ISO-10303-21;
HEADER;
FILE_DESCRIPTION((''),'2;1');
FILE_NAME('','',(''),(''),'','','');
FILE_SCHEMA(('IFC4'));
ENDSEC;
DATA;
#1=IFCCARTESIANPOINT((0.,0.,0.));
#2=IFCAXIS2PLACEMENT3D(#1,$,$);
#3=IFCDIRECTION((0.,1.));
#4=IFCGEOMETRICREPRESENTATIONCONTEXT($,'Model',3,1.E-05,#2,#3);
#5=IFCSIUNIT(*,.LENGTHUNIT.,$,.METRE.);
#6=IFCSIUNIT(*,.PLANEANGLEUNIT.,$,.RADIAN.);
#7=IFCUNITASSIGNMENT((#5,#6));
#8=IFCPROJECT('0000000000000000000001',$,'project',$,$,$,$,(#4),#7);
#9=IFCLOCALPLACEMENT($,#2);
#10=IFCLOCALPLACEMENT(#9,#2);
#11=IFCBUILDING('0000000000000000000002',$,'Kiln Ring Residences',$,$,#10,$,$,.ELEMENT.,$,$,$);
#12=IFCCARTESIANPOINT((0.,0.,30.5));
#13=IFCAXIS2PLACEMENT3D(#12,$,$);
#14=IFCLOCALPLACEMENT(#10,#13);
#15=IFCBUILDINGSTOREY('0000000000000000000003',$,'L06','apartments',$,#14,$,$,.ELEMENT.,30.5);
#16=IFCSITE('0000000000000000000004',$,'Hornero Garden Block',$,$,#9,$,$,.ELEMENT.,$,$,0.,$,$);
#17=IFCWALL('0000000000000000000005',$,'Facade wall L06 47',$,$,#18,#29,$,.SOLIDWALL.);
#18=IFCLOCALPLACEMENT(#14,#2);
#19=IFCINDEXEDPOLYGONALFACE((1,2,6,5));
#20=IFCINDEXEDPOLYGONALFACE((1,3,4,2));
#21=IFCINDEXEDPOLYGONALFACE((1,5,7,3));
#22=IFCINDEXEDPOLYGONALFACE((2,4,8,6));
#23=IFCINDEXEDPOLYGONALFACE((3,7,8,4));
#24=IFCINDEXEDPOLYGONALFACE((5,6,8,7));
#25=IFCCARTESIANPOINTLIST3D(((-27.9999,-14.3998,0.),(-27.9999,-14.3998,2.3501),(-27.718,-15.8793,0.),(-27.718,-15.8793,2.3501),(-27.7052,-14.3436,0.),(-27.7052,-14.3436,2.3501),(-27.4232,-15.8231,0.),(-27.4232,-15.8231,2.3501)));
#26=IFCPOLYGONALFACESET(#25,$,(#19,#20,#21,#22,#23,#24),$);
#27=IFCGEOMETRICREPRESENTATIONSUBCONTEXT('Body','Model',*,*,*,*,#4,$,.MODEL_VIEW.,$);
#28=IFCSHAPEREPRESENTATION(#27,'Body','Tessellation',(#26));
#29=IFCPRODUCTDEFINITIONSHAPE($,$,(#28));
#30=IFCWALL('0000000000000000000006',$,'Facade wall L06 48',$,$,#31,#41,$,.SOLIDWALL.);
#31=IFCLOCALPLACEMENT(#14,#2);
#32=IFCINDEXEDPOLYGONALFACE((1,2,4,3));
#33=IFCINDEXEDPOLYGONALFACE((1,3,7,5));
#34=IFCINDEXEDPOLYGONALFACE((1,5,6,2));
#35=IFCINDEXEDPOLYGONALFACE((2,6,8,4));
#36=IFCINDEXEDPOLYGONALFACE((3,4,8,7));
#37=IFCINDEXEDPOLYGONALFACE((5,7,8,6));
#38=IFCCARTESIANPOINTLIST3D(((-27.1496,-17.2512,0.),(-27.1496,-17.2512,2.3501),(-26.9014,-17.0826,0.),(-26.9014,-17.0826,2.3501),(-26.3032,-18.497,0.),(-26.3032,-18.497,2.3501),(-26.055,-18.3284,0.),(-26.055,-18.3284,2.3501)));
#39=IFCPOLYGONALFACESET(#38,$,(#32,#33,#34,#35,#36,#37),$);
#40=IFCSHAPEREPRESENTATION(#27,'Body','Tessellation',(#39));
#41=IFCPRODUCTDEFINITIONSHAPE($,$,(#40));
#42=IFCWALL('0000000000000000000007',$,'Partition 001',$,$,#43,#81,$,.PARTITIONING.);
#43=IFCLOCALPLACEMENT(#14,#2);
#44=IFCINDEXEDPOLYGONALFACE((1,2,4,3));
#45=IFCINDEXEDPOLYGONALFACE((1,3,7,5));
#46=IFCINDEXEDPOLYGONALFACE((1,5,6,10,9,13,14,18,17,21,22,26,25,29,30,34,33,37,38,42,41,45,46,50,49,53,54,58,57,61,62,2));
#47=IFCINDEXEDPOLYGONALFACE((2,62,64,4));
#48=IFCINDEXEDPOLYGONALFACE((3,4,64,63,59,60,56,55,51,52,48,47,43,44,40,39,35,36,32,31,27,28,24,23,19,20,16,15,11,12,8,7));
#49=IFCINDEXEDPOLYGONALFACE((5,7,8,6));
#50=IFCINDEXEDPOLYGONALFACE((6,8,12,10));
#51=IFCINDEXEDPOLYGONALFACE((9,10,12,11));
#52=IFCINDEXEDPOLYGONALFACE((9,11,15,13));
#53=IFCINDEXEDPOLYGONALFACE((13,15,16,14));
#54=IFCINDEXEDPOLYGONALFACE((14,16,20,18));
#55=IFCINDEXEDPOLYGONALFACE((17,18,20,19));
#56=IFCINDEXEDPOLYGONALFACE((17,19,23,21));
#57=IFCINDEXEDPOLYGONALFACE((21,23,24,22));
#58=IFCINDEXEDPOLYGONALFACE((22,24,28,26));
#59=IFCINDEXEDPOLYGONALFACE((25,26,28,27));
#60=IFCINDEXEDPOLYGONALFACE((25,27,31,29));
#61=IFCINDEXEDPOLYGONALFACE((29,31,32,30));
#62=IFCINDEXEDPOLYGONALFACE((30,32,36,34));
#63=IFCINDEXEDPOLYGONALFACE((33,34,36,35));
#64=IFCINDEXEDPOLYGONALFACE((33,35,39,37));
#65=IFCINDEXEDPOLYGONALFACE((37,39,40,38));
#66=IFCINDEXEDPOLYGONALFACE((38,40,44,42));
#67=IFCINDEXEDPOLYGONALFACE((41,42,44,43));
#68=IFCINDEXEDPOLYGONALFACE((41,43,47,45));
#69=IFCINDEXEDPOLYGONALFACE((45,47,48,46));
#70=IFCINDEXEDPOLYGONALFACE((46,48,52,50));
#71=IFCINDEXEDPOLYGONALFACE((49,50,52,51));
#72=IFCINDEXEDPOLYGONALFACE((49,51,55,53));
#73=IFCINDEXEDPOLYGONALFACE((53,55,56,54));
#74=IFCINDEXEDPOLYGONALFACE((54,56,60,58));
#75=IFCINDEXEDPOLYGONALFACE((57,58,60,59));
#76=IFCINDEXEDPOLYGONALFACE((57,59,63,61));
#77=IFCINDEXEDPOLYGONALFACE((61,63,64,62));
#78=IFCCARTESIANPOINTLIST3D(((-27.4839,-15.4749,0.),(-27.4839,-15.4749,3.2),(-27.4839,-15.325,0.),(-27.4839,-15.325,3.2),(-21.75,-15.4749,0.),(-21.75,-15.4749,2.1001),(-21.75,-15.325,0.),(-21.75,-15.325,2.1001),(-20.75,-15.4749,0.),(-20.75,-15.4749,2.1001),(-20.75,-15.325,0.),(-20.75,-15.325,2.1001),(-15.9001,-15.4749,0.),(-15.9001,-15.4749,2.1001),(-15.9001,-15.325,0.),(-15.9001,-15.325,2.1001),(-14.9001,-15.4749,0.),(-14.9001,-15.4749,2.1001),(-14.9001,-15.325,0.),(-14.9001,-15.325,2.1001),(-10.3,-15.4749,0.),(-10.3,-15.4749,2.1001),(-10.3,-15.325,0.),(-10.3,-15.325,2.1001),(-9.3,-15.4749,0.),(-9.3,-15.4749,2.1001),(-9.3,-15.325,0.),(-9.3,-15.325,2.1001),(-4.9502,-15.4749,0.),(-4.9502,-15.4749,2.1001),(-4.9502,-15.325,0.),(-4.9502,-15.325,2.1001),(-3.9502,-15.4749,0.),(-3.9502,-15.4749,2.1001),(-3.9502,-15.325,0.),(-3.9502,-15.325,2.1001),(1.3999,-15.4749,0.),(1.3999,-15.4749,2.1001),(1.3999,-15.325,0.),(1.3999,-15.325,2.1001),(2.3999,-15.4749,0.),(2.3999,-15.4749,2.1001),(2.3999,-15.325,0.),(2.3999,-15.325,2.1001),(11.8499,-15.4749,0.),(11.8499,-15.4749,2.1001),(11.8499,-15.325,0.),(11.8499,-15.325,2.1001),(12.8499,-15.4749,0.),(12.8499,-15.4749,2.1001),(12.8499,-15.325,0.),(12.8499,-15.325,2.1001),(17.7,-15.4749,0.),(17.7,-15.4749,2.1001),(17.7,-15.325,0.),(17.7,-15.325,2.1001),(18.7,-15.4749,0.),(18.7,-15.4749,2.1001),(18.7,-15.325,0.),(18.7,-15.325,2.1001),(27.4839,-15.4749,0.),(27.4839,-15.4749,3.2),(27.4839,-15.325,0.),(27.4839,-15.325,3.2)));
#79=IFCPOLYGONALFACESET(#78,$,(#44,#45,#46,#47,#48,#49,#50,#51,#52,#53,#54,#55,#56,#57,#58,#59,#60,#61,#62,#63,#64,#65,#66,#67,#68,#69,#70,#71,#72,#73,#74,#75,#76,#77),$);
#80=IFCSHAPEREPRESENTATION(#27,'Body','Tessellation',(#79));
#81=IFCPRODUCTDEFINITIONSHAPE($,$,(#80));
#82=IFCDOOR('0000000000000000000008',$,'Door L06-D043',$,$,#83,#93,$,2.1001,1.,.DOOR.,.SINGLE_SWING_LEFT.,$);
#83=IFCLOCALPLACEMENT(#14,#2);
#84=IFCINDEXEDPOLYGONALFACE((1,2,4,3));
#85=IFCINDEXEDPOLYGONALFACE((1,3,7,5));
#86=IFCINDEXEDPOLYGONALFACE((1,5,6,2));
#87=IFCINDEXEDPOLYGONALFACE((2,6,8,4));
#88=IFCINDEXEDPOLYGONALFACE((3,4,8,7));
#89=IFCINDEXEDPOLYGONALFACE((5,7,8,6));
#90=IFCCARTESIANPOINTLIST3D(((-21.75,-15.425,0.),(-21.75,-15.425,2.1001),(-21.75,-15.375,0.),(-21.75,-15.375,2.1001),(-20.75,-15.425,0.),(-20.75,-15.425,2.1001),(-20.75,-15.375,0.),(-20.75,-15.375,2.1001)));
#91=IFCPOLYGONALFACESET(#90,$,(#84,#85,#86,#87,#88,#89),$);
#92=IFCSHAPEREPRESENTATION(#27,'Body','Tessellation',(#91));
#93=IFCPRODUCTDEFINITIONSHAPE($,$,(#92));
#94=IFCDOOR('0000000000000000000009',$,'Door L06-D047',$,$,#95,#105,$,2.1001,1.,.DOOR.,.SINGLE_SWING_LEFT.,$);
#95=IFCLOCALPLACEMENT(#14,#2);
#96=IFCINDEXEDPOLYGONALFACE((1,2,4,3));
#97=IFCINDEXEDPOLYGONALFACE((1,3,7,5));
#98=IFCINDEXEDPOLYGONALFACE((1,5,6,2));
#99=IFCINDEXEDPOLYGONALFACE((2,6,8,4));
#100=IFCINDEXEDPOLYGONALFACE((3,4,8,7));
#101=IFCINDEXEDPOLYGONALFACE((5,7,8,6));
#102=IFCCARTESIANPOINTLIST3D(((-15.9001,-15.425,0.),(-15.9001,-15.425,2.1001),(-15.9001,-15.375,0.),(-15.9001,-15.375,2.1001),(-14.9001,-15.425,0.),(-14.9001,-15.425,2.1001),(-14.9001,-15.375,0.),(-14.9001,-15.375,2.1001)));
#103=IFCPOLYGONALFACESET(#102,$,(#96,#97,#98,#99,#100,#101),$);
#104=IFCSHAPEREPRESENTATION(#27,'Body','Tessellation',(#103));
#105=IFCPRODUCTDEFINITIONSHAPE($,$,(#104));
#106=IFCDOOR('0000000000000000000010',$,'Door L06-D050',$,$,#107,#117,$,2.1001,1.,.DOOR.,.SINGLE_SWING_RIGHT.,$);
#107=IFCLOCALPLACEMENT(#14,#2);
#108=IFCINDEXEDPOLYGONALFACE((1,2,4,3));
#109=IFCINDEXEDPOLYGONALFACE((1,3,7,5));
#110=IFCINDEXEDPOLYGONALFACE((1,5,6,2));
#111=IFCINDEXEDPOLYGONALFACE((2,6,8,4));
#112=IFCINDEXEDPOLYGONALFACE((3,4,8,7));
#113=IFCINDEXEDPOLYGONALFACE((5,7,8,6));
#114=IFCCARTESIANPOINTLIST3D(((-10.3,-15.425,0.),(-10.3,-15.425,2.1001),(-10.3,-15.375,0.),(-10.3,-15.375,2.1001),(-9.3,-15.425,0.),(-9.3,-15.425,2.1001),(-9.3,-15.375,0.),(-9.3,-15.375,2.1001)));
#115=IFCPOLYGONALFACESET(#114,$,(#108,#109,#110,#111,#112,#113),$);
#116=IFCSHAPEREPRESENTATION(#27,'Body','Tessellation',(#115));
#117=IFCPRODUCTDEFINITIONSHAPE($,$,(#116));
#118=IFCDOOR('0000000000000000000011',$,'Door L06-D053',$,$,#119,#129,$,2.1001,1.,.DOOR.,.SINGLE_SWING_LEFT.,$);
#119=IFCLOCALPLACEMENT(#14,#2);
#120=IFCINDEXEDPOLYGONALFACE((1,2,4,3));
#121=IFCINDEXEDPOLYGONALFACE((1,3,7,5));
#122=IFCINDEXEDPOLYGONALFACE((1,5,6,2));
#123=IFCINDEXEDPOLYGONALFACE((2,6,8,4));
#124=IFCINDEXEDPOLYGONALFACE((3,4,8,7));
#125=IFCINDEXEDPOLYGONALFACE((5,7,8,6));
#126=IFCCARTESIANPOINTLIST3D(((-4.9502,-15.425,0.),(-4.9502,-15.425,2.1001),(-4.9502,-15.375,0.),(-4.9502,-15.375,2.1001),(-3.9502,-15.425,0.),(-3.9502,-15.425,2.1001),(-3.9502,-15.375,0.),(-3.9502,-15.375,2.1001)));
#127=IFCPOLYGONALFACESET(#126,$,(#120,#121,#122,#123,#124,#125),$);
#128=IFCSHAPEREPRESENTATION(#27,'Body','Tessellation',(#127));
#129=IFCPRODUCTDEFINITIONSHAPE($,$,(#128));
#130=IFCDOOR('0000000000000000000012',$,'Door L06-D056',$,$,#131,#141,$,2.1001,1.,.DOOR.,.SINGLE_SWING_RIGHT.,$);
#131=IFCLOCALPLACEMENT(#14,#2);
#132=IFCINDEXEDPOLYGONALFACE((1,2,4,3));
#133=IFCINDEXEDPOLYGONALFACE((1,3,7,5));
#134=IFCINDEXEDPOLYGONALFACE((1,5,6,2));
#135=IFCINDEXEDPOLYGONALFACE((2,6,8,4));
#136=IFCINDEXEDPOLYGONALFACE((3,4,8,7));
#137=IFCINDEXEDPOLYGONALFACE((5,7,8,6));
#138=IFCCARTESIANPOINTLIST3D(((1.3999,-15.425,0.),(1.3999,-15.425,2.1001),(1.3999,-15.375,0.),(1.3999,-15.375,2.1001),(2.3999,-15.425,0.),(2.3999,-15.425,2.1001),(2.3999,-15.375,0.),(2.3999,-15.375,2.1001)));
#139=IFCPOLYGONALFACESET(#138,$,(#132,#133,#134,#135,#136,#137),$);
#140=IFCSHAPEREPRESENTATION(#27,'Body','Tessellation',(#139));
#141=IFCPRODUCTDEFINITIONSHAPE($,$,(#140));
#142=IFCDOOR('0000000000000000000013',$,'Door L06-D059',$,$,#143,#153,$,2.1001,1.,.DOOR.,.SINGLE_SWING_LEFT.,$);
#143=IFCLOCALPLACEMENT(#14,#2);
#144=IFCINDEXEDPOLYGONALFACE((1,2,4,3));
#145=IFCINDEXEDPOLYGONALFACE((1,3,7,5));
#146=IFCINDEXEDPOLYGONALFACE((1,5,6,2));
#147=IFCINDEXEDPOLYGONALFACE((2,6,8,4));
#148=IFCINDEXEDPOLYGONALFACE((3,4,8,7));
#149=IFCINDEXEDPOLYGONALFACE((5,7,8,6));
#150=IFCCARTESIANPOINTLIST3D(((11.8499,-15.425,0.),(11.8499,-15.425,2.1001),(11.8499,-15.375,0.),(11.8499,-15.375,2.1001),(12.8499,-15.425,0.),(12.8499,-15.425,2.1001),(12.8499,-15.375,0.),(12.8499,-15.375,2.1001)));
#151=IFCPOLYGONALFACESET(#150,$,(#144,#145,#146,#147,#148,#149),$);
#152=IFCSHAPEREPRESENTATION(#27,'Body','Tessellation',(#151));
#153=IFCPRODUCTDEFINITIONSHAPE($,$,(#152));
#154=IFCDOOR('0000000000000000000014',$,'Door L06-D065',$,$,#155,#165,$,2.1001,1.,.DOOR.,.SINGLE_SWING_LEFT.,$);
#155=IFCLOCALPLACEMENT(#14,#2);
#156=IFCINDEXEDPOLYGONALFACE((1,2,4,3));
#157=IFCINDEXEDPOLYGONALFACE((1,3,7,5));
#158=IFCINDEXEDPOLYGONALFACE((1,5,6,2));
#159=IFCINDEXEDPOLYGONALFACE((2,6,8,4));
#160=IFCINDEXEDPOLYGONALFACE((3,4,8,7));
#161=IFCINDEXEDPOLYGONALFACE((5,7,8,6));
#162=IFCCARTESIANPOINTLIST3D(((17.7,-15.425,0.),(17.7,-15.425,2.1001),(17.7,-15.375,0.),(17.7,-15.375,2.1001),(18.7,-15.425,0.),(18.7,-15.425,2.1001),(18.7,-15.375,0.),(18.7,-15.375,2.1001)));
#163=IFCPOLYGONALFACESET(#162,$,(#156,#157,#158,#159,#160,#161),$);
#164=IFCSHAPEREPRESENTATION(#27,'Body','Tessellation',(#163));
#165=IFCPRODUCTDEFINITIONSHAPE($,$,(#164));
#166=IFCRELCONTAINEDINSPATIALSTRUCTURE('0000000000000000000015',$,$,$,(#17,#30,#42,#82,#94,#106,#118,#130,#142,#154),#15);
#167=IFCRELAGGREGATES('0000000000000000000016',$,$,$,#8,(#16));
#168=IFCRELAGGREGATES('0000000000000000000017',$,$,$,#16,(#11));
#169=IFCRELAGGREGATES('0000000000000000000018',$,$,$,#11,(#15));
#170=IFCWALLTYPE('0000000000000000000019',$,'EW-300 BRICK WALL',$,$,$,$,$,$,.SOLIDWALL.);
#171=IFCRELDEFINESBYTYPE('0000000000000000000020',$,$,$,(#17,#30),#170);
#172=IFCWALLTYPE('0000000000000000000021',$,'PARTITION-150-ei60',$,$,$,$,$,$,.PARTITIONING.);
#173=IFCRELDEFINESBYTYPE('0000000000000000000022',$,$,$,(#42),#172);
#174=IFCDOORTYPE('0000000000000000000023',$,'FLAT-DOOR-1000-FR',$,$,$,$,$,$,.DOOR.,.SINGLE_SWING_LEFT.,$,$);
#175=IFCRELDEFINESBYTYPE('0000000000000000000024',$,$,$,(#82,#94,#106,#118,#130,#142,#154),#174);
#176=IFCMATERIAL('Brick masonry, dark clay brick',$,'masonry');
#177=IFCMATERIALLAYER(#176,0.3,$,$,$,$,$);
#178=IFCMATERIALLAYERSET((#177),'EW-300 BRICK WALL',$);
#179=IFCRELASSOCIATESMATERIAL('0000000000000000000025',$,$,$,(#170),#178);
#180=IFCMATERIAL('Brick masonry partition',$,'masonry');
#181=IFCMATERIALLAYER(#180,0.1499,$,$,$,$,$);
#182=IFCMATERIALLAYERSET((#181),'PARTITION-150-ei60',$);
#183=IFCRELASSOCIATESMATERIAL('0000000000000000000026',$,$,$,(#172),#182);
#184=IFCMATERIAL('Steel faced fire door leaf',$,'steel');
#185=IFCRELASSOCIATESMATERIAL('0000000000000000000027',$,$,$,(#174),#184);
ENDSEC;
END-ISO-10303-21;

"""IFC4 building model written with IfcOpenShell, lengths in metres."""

from ifc_helpers import new_model, si_unit, direction, frame, frame_2d, origin, place, context, subcontext, project, spatial, rectangle, extrude, material, layer, layer_set, type_object, element, fill, save


model = new_model("IFC4")

# Units and contexts
model_context = context("Model", 3, precision=1e-05, world=origin(), true_north=direction((0.0, 1.0)))
body_context = subcontext(model_context, "Body", "Model", "MODEL_VIEW")
ifc_project = project(units=[si_unit("LENGTHUNIT", "METRE"), si_unit("PLANEANGLEUNIT", "RADIAN")], contexts=[model_context])

# Site, building, storey
site_placement = place(None, origin())
site = spatial("IfcSite", under=ifc_project, at=site_placement, Name="Hornero Garden Block", CompositionType="ELEMENT", RefElevation=0.0)
building_placement = place(site_placement, origin())
building = spatial("IfcBuilding", under=site, at=building_placement, Name="Kiln Ring Residences", CompositionType="ELEMENT")
storey_placement = place(building_placement, frame((0.0, 0.0, 30.5)))
storey = spatial("IfcBuildingStorey", under=building, at=storey_placement, Name="L06", Description="apartments", CompositionType="ELEMENT", Elevation=30.5)

# Walls
ifc_material_1 = material(Name="Brick masonry, dark clay brick", Category="masonry")
ifc_layer_1 = layer(ifc_material_1, 0.3)
ifc_layer_set_1 = layer_set([ifc_layer_1], Name="EW-300 BRICK WALL")
wall_type_1 = type_object("IfcWallType", Name="EW-300 BRICK WALL", PredefinedType="SOLIDWALL", material=ifc_layer_set_1)
for number, where, z_axis, x_axis, name in (
    (1, (-27.8525, -14.3718, 0.0), (0.0, 0.0, 1.0), (0.187224, -0.982317, 0.0), "Facade wall L06 47"),
    (2, (-27.0254, -17.167, 0.0), (0.0, 0.0, 1.0), (0.561973, -0.827156, 0.0), "Facade wall L06 48"),
):
    element("IfcWall", number, at=place(storey_placement, frame(where, z_axis=z_axis, x_axis=x_axis)), inside=storey, type_object=wall_type_1, Name=name, PredefinedType="SOLIDWALL", context=body_context, shape_type="SweptSolid", body=[
        extrude(rectangle(XDim=1.5061, YDim=0.3, at=frame_2d((0.7529, 0.0))), origin(), (0.0, 0.0, 1.0), 2.3501),
    ])

# Wall, openings, doors
ifc_material_2 = material(Name="Brick masonry partition", Category="masonry")
ifc_layer_2 = layer(ifc_material_2, 0.1499)
ifc_layer_set_2 = layer_set([ifc_layer_2], Name="PARTITION-150-ei60")
wall_type_2 = type_object("IfcWallType", Name="PARTITION-150-ei60", PredefinedType="PARTITIONING", material=ifc_layer_set_2)
wall_1_placement = place(storey_placement, frame((-27.4839, -15.3999, 0.0), z_axis=(0.0, 0.0, 1.0), x_axis=(1.0, 0.0, 0.0)))
wall_1 = element("IfcWall", 3, at=wall_1_placement, inside=storey, type_object=wall_type_2, Name="Partition 001", PredefinedType="PARTITIONING", context=body_context, shape_type="SweptSolid", body=[
    extrude(rectangle(XDim=54.9678, YDim=0.1499, at=frame_2d((27.4839, 0.0))), origin(), (0.0, 0.0, 1.0), 3.2),
])
opening_1_placement = place(wall_1_placement, frame((5.7339, 0.0, 0.0)))
opening_1 = element("IfcOpeningElement", 4, at=opening_1_placement, cuts=wall_1, PredefinedType="OPENING", context=body_context, shape_type="SweptSolid", body=[
    extrude(rectangle(XDim=1.0, YDim=2.1001, at=frame_2d((0.5, 1.05))), frame((0.0, 0.085, 0.0), z_axis=(0.0, -1.0, 0.0), x_axis=(1.0, 0.0, 0.0)), (0.0, 0.0, 1.0), 0.1699),
])
opening_2_placement = place(wall_1_placement, frame((11.5837, 0.0, 0.0)))
opening_2 = element("IfcOpeningElement", 5, at=opening_2_placement, cuts=wall_1, PredefinedType="OPENING", context=body_context, shape_type="SweptSolid", body=[
    extrude(rectangle(XDim=1.0, YDim=2.1001, at=frame_2d((0.5, 1.05))), frame((0.0, 0.085, 0.0), z_axis=(0.0, -1.0, 0.0), x_axis=(1.0, 0.0, 0.0)), (0.0, 0.0, 1.0), 0.1699),
])
opening_3_placement = place(wall_1_placement, frame((17.1838, 0.0, 0.0)))
opening_3 = element("IfcOpeningElement", 6, at=opening_3_placement, cuts=wall_1, PredefinedType="OPENING", context=body_context, shape_type="SweptSolid", body=[
    extrude(rectangle(XDim=1.0, YDim=2.1001, at=frame_2d((0.5, 1.05))), frame((0.0, 0.085, 0.0), z_axis=(0.0, -1.0, 0.0), x_axis=(1.0, 0.0, 0.0)), (0.0, 0.0, 1.0), 0.1699),
])
opening_4_placement = place(wall_1_placement, frame((22.5337, 0.0, 0.0)))
opening_4 = element("IfcOpeningElement", 7, at=opening_4_placement, cuts=wall_1, PredefinedType="OPENING", context=body_context, shape_type="SweptSolid", body=[
    extrude(rectangle(XDim=1.0, YDim=2.1001, at=frame_2d((0.5, 1.05))), frame((0.0, 0.085, 0.0), z_axis=(0.0, -1.0, 0.0), x_axis=(1.0, 0.0, 0.0)), (0.0, 0.0, 1.0), 0.1699),
])
opening_5_placement = place(wall_1_placement, frame((28.8838, 0.0, 0.0)))
opening_5 = element("IfcOpeningElement", 8, at=opening_5_placement, cuts=wall_1, PredefinedType="OPENING", context=body_context, shape_type="SweptSolid", body=[
    extrude(rectangle(XDim=1.0, YDim=2.1001, at=frame_2d((0.5, 1.05))), frame((0.0, 0.085, 0.0), z_axis=(0.0, -1.0, 0.0), x_axis=(1.0, 0.0, 0.0)), (0.0, 0.0, 1.0), 0.1699),
])
opening_6_placement = place(wall_1_placement, frame((39.3337, 0.0, 0.0)))
opening_6 = element("IfcOpeningElement", 9, at=opening_6_placement, cuts=wall_1, PredefinedType="OPENING", context=body_context, shape_type="SweptSolid", body=[
    extrude(rectangle(XDim=1.0, YDim=2.1001, at=frame_2d((0.5, 1.05))), frame((0.0, 0.085, 0.0), z_axis=(0.0, -1.0, 0.0), x_axis=(1.0, 0.0, 0.0)), (0.0, 0.0, 1.0), 0.1699),
])
opening_7_placement = place(wall_1_placement, frame((45.1838, 0.0, 0.0)))
opening_7 = element("IfcOpeningElement", 10, at=opening_7_placement, cuts=wall_1, PredefinedType="OPENING", context=body_context, shape_type="SweptSolid", body=[
    extrude(rectangle(XDim=1.0, YDim=2.1001, at=frame_2d((0.5, 1.05))), frame((0.0, 0.085, 0.0), z_axis=(0.0, -1.0, 0.0), x_axis=(1.0, 0.0, 0.0)), (0.0, 0.0, 1.0), 0.1699),
])
ifc_material_3 = material(Name="Steel faced fire door leaf", Category="steel")
door_type_1 = type_object("IfcDoorType", Name="FLAT-DOOR-1000-FR", OperationType="SINGLE_SWING_LEFT", PredefinedType="DOOR", material=ifc_material_3)
door_1_placement = place(opening_1_placement, origin())
door_1 = element("IfcDoor", 11, at=door_1_placement, inside=storey, type_object=door_type_1, Name="Door L06-D043", OperationType="SINGLE_SWING_LEFT", OverallHeight=2.1001, OverallWidth=1.0, PredefinedType="DOOR", context=body_context, shape_type="SweptSolid", body=[
    extrude(rectangle(XDim=1.0, YDim=2.1001, at=frame_2d((0.5, 1.05))), frame((0.0, 0.0249, 0.0), z_axis=(0.0, -1.0, 0.0), x_axis=(1.0, 0.0, 0.0)), (0.0, 0.0, 1.0), 0.05),
])
fill(opening_1, door_1)
door_2_placement = place(opening_2_placement, origin())
door_2 = element("IfcDoor", 12, at=door_2_placement, inside=storey, type_object=door_type_1, Name="Door L06-D047", OperationType="SINGLE_SWING_LEFT", OverallHeight=2.1001, OverallWidth=1.0, PredefinedType="DOOR", context=body_context, shape_type="SweptSolid", body=[
    extrude(rectangle(XDim=1.0, YDim=2.1001, at=frame_2d((0.5, 1.05))), frame((0.0, 0.0249, 0.0), z_axis=(0.0, -1.0, 0.0), x_axis=(1.0, 0.0, 0.0)), (0.0, 0.0, 1.0), 0.05),
])
fill(opening_2, door_2)
door_3_placement = place(opening_3_placement, origin())
door_3 = element("IfcDoor", 13, at=door_3_placement, inside=storey, type_object=door_type_1, Name="Door L06-D050", OperationType="SINGLE_SWING_RIGHT", OverallHeight=2.1001, OverallWidth=1.0, PredefinedType="DOOR", context=body_context, shape_type="SweptSolid", body=[
    extrude(rectangle(XDim=1.0, YDim=2.1001, at=frame_2d((0.5, 1.05))), frame((0.0, 0.0249, 0.0), z_axis=(0.0, -1.0, 0.0), x_axis=(1.0, 0.0, 0.0)), (0.0, 0.0, 1.0), 0.05),
])
fill(opening_3, door_3)
door_4_placement = place(opening_4_placement, origin())
door_4 = element("IfcDoor", 14, at=door_4_placement, inside=storey, type_object=door_type_1, Name="Door L06-D053", OperationType="SINGLE_SWING_LEFT", OverallHeight=2.1001, OverallWidth=1.0, PredefinedType="DOOR", context=body_context, shape_type="SweptSolid", body=[
    extrude(rectangle(XDim=1.0, YDim=2.1001, at=frame_2d((0.5, 1.05))), frame((0.0, 0.0249, 0.0), z_axis=(0.0, -1.0, 0.0), x_axis=(1.0, 0.0, 0.0)), (0.0, 0.0, 1.0), 0.05),
])
fill(opening_4, door_4)
door_5_placement = place(opening_5_placement, origin())
door_5 = element("IfcDoor", 15, at=door_5_placement, inside=storey, type_object=door_type_1, Name="Door L06-D056", OperationType="SINGLE_SWING_RIGHT", OverallHeight=2.1001, OverallWidth=1.0, PredefinedType="DOOR", context=body_context, shape_type="SweptSolid", body=[
    extrude(rectangle(XDim=1.0, YDim=2.1001, at=frame_2d((0.5, 1.05))), frame((0.0, 0.0249, 0.0), z_axis=(0.0, -1.0, 0.0), x_axis=(1.0, 0.0, 0.0)), (0.0, 0.0, 1.0), 0.05),
])
fill(opening_5, door_5)
door_6_placement = place(opening_6_placement, origin())
door_6 = element("IfcDoor", 16, at=door_6_placement, inside=storey, type_object=door_type_1, Name="Door L06-D059", OperationType="SINGLE_SWING_LEFT", OverallHeight=2.1001, OverallWidth=1.0, PredefinedType="DOOR", context=body_context, shape_type="SweptSolid", body=[
    extrude(rectangle(XDim=1.0, YDim=2.1001, at=frame_2d((0.5, 1.05))), frame((0.0, 0.0249, 0.0), z_axis=(0.0, -1.0, 0.0), x_axis=(1.0, 0.0, 0.0)), (0.0, 0.0, 1.0), 0.05),
])
fill(opening_6, door_6)
door_7_placement = place(opening_7_placement, origin())
door_7 = element("IfcDoor", 17, at=door_7_placement, inside=storey, type_object=door_type_1, Name="Door L06-D065", OperationType="SINGLE_SWING_LEFT", OverallHeight=2.1001, OverallWidth=1.0, PredefinedType="DOOR", context=body_context, shape_type="SweptSolid", body=[
    extrude(rectangle(XDim=1.0, YDim=2.1001, at=frame_2d((0.5, 1.05))), frame((0.0, 0.0249, 0.0), z_axis=(0.0, -1.0, 0.0), x_axis=(1.0, 0.0, 0.0)), (0.0, 0.0, 1.0), 0.05),
])
fill(opening_7, door_7)

save(model, "model.ifc")
